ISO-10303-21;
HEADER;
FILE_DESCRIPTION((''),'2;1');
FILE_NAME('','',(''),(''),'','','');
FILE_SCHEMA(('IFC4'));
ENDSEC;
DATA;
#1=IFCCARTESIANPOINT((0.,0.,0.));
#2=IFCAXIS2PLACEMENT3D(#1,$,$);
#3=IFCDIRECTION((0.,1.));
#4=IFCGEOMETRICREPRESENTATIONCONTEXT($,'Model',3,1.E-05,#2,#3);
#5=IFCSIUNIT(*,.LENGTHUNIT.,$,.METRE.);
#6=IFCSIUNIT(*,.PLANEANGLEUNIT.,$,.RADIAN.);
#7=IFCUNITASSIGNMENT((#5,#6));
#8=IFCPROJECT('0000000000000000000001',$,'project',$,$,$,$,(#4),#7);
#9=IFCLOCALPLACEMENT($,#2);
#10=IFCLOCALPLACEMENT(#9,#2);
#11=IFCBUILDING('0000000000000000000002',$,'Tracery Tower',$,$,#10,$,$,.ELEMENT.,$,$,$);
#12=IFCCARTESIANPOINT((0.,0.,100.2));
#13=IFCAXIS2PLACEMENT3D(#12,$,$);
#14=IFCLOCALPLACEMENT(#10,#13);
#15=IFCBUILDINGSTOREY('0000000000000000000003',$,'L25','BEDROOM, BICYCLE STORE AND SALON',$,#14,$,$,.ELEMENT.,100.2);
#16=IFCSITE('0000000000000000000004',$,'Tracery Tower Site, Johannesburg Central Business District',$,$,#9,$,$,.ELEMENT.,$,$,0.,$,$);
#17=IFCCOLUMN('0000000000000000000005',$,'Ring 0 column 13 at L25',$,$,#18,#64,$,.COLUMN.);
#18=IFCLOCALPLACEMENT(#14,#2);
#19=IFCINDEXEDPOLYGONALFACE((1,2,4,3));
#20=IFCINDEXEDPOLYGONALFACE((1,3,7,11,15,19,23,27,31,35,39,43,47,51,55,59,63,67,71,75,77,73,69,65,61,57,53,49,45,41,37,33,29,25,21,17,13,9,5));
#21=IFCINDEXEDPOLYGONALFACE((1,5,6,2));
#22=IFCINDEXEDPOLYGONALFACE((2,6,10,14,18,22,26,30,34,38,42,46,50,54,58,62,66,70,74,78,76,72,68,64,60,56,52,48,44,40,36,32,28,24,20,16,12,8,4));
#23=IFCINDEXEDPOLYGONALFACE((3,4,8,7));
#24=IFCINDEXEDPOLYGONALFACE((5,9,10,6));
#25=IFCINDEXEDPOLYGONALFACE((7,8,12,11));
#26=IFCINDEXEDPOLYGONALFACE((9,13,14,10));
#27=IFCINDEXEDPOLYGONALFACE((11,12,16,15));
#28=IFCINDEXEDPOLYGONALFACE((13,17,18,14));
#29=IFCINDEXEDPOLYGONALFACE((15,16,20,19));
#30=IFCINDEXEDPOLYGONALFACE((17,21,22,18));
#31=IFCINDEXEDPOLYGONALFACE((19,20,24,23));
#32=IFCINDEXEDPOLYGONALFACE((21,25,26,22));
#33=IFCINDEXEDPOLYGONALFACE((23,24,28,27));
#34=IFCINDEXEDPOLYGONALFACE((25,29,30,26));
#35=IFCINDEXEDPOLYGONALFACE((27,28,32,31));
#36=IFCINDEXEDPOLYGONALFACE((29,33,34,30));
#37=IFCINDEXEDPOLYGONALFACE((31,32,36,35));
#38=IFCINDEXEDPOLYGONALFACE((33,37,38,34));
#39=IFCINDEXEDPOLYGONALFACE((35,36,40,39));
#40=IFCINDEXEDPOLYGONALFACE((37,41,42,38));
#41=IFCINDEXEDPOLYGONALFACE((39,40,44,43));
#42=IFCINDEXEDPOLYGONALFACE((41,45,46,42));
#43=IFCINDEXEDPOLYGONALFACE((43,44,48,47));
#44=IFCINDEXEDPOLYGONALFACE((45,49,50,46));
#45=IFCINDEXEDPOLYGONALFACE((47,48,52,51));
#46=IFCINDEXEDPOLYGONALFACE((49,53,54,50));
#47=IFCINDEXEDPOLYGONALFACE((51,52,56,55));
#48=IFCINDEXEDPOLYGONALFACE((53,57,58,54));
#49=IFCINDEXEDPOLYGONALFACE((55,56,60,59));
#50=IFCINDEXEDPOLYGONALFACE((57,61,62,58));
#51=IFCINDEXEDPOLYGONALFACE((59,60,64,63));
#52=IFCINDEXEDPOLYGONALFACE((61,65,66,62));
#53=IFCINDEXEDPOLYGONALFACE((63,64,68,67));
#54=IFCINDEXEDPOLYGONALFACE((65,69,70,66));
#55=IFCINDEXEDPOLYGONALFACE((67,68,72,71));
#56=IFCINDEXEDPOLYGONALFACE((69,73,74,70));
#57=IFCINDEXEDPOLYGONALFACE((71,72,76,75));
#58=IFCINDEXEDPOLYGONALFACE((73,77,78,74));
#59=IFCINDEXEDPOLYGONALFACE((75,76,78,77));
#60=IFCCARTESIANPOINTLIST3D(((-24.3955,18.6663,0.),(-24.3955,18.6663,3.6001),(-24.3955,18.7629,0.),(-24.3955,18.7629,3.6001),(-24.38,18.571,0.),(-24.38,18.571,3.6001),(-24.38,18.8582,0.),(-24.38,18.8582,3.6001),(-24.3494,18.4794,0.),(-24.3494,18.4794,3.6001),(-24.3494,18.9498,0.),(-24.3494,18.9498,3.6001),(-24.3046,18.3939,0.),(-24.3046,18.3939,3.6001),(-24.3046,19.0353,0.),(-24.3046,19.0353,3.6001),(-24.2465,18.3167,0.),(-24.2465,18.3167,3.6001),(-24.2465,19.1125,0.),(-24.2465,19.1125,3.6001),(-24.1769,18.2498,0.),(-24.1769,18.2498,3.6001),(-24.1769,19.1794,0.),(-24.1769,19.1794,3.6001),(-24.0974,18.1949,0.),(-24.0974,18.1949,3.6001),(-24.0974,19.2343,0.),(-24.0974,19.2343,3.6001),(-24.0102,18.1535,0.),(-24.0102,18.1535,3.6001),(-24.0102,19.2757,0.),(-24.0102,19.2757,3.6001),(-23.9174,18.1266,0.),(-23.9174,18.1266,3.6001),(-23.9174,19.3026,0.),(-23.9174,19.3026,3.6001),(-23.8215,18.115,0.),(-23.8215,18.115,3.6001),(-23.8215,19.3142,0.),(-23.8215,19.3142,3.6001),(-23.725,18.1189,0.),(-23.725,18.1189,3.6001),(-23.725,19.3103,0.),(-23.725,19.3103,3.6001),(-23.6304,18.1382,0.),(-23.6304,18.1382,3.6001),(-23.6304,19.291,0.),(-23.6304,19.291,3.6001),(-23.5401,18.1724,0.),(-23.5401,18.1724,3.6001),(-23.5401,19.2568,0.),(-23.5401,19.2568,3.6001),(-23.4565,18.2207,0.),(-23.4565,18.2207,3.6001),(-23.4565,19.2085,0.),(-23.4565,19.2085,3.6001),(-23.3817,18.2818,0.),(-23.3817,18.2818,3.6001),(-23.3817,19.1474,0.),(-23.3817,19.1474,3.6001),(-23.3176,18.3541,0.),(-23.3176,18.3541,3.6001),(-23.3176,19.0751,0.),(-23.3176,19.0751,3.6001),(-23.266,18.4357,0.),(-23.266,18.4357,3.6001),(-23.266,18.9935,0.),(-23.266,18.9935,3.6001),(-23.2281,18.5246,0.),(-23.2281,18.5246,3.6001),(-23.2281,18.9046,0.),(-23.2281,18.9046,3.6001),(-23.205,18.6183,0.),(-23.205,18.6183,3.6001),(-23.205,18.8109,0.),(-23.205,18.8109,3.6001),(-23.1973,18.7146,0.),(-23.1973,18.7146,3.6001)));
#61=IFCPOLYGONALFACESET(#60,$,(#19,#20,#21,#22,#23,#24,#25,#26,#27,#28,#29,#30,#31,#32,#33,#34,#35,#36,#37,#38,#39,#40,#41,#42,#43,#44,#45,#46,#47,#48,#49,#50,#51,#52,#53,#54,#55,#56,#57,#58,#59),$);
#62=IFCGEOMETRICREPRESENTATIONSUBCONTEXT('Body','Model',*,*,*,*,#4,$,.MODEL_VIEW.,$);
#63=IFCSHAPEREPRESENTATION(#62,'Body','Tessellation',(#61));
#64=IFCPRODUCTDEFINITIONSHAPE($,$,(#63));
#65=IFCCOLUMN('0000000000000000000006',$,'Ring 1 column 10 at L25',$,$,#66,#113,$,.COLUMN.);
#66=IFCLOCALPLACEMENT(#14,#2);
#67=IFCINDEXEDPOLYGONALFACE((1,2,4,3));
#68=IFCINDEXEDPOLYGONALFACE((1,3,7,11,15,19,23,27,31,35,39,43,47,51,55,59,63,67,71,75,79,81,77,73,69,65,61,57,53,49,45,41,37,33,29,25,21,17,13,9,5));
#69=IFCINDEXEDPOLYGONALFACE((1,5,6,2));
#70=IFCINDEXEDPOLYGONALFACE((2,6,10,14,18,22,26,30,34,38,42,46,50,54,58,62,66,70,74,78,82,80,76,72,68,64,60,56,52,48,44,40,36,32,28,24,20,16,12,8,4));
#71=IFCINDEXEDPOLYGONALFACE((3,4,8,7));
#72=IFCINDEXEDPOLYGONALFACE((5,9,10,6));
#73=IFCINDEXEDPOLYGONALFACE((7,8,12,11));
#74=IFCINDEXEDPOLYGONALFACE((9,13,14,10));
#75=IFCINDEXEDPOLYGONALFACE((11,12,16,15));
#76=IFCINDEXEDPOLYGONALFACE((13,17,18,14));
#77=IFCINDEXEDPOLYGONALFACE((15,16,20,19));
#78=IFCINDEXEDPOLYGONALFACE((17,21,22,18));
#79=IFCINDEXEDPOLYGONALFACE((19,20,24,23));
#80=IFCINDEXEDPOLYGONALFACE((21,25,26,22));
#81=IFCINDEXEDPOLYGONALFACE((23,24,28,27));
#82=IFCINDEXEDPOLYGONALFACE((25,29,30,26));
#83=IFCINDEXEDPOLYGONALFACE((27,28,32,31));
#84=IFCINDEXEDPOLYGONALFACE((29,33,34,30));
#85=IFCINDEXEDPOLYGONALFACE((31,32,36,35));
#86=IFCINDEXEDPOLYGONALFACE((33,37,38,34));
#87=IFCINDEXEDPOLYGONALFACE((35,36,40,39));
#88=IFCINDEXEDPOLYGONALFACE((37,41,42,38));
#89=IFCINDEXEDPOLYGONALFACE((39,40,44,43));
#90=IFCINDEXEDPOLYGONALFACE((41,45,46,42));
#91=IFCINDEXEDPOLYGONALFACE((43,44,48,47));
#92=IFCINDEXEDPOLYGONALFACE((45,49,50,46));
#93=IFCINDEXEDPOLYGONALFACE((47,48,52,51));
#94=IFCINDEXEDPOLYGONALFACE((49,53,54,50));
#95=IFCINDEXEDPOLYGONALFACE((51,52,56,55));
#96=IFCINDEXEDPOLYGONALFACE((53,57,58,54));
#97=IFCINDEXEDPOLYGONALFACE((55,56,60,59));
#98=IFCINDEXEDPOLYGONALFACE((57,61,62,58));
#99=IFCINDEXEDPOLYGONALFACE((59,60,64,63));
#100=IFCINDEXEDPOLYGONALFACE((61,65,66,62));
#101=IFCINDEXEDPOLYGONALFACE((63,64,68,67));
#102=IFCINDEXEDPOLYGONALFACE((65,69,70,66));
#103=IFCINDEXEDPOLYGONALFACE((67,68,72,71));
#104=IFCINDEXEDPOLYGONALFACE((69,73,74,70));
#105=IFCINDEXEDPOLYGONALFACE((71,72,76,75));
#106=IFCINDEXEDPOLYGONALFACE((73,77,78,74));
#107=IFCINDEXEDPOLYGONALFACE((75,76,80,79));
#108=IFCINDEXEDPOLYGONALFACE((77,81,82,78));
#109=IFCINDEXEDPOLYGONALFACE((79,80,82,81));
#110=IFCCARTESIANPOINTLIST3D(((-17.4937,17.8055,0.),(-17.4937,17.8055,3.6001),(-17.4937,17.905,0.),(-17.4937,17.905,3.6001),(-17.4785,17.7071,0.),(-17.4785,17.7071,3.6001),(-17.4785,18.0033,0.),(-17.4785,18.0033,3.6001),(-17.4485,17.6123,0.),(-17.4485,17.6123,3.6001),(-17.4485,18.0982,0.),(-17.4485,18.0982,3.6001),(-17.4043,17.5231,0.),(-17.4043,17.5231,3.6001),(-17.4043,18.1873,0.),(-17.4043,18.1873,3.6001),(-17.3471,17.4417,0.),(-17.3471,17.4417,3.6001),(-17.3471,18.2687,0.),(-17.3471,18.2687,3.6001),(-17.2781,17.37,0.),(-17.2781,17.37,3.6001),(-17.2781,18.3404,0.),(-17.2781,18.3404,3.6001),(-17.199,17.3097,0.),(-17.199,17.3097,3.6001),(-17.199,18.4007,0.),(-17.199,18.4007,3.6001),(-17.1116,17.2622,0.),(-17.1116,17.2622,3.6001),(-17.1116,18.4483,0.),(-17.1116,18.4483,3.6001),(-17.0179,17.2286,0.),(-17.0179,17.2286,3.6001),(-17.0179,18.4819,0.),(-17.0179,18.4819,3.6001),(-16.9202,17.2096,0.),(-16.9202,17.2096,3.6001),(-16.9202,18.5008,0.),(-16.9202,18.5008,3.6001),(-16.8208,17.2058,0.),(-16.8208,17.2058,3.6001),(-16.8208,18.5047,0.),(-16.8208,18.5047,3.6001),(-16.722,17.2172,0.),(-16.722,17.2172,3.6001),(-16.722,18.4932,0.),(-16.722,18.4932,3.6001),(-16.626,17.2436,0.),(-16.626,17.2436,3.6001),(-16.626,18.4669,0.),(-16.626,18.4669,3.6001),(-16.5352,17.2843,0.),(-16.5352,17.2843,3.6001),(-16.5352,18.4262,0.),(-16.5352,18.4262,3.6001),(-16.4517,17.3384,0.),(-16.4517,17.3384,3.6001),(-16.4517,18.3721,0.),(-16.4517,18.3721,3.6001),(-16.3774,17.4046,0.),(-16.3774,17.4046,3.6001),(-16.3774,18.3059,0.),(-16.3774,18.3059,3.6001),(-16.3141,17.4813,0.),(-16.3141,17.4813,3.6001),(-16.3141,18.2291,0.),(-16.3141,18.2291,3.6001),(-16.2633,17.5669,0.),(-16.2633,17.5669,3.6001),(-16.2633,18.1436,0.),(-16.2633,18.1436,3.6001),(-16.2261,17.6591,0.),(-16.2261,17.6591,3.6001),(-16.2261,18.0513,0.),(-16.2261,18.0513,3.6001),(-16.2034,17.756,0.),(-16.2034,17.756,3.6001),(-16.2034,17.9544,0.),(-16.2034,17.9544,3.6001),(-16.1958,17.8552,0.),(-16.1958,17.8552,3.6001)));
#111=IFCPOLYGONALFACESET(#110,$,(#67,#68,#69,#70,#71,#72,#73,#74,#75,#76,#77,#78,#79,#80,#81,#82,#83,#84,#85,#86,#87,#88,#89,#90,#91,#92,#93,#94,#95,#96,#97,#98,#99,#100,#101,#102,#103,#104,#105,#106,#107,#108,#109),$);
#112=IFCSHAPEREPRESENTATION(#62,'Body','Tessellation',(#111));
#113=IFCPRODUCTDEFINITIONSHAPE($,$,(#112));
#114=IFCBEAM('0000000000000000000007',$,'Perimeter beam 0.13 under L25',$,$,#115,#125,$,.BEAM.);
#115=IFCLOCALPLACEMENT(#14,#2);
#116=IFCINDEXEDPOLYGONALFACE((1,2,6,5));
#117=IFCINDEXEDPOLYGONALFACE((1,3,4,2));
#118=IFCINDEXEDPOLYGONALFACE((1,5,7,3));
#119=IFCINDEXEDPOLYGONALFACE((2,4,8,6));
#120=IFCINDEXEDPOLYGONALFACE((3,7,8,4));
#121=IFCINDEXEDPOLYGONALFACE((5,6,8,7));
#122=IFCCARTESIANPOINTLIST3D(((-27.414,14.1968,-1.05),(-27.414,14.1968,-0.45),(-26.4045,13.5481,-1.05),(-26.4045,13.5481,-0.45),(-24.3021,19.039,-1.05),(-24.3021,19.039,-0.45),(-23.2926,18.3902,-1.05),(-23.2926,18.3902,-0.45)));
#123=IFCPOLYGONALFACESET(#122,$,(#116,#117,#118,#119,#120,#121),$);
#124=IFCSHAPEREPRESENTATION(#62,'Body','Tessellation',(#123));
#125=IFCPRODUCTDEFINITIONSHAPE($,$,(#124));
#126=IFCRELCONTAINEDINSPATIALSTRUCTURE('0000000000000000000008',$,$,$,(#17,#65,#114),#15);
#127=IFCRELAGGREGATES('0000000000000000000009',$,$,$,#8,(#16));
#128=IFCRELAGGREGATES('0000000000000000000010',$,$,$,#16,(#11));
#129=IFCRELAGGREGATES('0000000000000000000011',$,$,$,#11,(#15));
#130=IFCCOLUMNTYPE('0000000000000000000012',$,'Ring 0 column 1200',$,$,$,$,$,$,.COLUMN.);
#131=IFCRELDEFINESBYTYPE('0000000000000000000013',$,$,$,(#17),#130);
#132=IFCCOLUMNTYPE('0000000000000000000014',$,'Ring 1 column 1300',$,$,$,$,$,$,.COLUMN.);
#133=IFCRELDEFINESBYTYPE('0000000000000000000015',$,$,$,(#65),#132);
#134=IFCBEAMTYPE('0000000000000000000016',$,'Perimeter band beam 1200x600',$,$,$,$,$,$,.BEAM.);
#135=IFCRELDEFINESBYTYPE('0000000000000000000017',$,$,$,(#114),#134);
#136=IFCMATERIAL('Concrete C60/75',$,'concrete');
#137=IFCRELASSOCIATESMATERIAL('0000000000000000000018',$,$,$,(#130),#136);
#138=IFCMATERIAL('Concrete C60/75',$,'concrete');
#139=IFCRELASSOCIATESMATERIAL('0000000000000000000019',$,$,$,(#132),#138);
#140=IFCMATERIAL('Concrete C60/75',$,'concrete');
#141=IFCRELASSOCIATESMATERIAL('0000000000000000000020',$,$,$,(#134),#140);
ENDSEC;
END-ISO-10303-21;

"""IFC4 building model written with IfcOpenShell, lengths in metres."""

from ifc_helpers import new_model, si_unit, direction, frame, origin, origin_2d, place, context, subcontext, project, spatial, rectangle, circle, extrude, material, material_profile, profile_set, type_object, element, save


model = new_model("IFC4")

# Units and contexts
model_context = context("Model", 3, precision=1e-05, world=origin(), true_north=direction((0.0, 1.0)))
body_context = subcontext(model_context, "Body", "Model", "MODEL_VIEW")
ifc_project = project(units=[si_unit("LENGTHUNIT", "METRE"), si_unit("PLANEANGLEUNIT", "RADIAN")], contexts=[model_context])

# Site, building, storey
site_placement = place(None, origin())
site = spatial("IfcSite", under=ifc_project, at=site_placement, Name="Tracery Tower Site, Johannesburg Central Business District", CompositionType="ELEMENT", RefElevation=0.0)
building_placement = place(site_placement, origin())
building = spatial("IfcBuilding", under=site, at=building_placement, Name="Tracery Tower", CompositionType="ELEMENT")
storey_placement = place(building_placement, frame((0.0, 0.0, 100.2)))
storey = spatial("IfcBuildingStorey", under=building, at=storey_placement, Name="L25", Description="BEDROOM, BICYCLE STORE AND SALON", CompositionType="ELEMENT", Elevation=100.2)

# Columns
ifc_material_1 = material(Name="Concrete C60/75", Category="concrete")
ifc_material_profile_1 = material_profile(ifc_material_1, circle(Radius=0.6001, at=origin_2d()), Name="RC D1200")
ifc_profile_set_1 = profile_set([ifc_material_profile_1], Name="Concrete C60/75")
column_type_1 = type_object("IfcColumnType", Name="Ring 0 column 1200", PredefinedType="COLUMN", material=ifc_profile_set_1)
column_1_placement = place(storey_placement, frame((-23.7974, 18.7146, 0.0), z_axis=(0.0, 0.0, 1.0), x_axis=(1.0, 0.0, 0.0)))
element("IfcColumn", 1, at=column_1_placement, inside=storey, type_object=column_type_1, Name="Ring 0 column 13 at L25", PredefinedType="COLUMN", context=body_context, shape_type="SweptSolid", body=[
    extrude(circle(Radius=0.6001, at=origin_2d()), origin(), (0.0, 0.0, 1.0), 3.6001),
])
ifc_material_2 = material(Name="Concrete C60/75", Category="concrete")
ifc_material_profile_2 = material_profile(ifc_material_2, circle(Radius=0.6499, at=origin_2d()), Name="RC D1300")
ifc_profile_set_2 = profile_set([ifc_material_profile_2], Name="Concrete C60/75")
column_type_2 = type_object("IfcColumnType", Name="Ring 1 column 1300", PredefinedType="COLUMN", material=ifc_profile_set_2)
column_2_placement = place(storey_placement, frame((-16.8457, 17.8552, 0.0), z_axis=(0.0, 0.0, 1.0), x_axis=(1.0, 0.0, 0.0)))
element("IfcColumn", 2, at=column_2_placement, inside=storey, type_object=column_type_2, Name="Ring 1 column 10 at L25", PredefinedType="COLUMN", context=body_context, shape_type="SweptSolid", body=[
    extrude(circle(Radius=0.6499, at=origin_2d()), origin(), (0.0, 0.0, 1.0), 3.6001),
])

# Beam
ifc_material_3 = material(Name="Concrete C60/75", Category="concrete")
ifc_material_profile_3 = material_profile(ifc_material_3, rectangle(XDim=1.2, YDim=0.6001, at=origin_2d()), Name="RC 1200x600")
ifc_profile_set_3 = profile_set([ifc_material_profile_3], Name="Concrete C60/75")
beam_type = type_object("IfcBeamType", Name="Perimeter band beam 1200x600", PredefinedType="BEAM", material=ifc_profile_set_3)
beam_placement = place(storey_placement, frame((-23.7974, 18.7146, -0.75), z_axis=(-0.540644, -0.841252, 0.0), x_axis=(0.841252, -0.540644, 0.0)))
element("IfcBeam", 3, at=beam_placement, inside=storey, type_object=beam_type, Name="Perimeter beam 0.13 under L25", PredefinedType="BEAM", context=body_context, shape_type="SweptSolid", body=[
    extrude(rectangle(XDim=1.2, YDim=0.6001, at=origin_2d()), origin(), (0.0, 0.0, 1.0), 5.7559),
])

save(model, "model.ifc")
